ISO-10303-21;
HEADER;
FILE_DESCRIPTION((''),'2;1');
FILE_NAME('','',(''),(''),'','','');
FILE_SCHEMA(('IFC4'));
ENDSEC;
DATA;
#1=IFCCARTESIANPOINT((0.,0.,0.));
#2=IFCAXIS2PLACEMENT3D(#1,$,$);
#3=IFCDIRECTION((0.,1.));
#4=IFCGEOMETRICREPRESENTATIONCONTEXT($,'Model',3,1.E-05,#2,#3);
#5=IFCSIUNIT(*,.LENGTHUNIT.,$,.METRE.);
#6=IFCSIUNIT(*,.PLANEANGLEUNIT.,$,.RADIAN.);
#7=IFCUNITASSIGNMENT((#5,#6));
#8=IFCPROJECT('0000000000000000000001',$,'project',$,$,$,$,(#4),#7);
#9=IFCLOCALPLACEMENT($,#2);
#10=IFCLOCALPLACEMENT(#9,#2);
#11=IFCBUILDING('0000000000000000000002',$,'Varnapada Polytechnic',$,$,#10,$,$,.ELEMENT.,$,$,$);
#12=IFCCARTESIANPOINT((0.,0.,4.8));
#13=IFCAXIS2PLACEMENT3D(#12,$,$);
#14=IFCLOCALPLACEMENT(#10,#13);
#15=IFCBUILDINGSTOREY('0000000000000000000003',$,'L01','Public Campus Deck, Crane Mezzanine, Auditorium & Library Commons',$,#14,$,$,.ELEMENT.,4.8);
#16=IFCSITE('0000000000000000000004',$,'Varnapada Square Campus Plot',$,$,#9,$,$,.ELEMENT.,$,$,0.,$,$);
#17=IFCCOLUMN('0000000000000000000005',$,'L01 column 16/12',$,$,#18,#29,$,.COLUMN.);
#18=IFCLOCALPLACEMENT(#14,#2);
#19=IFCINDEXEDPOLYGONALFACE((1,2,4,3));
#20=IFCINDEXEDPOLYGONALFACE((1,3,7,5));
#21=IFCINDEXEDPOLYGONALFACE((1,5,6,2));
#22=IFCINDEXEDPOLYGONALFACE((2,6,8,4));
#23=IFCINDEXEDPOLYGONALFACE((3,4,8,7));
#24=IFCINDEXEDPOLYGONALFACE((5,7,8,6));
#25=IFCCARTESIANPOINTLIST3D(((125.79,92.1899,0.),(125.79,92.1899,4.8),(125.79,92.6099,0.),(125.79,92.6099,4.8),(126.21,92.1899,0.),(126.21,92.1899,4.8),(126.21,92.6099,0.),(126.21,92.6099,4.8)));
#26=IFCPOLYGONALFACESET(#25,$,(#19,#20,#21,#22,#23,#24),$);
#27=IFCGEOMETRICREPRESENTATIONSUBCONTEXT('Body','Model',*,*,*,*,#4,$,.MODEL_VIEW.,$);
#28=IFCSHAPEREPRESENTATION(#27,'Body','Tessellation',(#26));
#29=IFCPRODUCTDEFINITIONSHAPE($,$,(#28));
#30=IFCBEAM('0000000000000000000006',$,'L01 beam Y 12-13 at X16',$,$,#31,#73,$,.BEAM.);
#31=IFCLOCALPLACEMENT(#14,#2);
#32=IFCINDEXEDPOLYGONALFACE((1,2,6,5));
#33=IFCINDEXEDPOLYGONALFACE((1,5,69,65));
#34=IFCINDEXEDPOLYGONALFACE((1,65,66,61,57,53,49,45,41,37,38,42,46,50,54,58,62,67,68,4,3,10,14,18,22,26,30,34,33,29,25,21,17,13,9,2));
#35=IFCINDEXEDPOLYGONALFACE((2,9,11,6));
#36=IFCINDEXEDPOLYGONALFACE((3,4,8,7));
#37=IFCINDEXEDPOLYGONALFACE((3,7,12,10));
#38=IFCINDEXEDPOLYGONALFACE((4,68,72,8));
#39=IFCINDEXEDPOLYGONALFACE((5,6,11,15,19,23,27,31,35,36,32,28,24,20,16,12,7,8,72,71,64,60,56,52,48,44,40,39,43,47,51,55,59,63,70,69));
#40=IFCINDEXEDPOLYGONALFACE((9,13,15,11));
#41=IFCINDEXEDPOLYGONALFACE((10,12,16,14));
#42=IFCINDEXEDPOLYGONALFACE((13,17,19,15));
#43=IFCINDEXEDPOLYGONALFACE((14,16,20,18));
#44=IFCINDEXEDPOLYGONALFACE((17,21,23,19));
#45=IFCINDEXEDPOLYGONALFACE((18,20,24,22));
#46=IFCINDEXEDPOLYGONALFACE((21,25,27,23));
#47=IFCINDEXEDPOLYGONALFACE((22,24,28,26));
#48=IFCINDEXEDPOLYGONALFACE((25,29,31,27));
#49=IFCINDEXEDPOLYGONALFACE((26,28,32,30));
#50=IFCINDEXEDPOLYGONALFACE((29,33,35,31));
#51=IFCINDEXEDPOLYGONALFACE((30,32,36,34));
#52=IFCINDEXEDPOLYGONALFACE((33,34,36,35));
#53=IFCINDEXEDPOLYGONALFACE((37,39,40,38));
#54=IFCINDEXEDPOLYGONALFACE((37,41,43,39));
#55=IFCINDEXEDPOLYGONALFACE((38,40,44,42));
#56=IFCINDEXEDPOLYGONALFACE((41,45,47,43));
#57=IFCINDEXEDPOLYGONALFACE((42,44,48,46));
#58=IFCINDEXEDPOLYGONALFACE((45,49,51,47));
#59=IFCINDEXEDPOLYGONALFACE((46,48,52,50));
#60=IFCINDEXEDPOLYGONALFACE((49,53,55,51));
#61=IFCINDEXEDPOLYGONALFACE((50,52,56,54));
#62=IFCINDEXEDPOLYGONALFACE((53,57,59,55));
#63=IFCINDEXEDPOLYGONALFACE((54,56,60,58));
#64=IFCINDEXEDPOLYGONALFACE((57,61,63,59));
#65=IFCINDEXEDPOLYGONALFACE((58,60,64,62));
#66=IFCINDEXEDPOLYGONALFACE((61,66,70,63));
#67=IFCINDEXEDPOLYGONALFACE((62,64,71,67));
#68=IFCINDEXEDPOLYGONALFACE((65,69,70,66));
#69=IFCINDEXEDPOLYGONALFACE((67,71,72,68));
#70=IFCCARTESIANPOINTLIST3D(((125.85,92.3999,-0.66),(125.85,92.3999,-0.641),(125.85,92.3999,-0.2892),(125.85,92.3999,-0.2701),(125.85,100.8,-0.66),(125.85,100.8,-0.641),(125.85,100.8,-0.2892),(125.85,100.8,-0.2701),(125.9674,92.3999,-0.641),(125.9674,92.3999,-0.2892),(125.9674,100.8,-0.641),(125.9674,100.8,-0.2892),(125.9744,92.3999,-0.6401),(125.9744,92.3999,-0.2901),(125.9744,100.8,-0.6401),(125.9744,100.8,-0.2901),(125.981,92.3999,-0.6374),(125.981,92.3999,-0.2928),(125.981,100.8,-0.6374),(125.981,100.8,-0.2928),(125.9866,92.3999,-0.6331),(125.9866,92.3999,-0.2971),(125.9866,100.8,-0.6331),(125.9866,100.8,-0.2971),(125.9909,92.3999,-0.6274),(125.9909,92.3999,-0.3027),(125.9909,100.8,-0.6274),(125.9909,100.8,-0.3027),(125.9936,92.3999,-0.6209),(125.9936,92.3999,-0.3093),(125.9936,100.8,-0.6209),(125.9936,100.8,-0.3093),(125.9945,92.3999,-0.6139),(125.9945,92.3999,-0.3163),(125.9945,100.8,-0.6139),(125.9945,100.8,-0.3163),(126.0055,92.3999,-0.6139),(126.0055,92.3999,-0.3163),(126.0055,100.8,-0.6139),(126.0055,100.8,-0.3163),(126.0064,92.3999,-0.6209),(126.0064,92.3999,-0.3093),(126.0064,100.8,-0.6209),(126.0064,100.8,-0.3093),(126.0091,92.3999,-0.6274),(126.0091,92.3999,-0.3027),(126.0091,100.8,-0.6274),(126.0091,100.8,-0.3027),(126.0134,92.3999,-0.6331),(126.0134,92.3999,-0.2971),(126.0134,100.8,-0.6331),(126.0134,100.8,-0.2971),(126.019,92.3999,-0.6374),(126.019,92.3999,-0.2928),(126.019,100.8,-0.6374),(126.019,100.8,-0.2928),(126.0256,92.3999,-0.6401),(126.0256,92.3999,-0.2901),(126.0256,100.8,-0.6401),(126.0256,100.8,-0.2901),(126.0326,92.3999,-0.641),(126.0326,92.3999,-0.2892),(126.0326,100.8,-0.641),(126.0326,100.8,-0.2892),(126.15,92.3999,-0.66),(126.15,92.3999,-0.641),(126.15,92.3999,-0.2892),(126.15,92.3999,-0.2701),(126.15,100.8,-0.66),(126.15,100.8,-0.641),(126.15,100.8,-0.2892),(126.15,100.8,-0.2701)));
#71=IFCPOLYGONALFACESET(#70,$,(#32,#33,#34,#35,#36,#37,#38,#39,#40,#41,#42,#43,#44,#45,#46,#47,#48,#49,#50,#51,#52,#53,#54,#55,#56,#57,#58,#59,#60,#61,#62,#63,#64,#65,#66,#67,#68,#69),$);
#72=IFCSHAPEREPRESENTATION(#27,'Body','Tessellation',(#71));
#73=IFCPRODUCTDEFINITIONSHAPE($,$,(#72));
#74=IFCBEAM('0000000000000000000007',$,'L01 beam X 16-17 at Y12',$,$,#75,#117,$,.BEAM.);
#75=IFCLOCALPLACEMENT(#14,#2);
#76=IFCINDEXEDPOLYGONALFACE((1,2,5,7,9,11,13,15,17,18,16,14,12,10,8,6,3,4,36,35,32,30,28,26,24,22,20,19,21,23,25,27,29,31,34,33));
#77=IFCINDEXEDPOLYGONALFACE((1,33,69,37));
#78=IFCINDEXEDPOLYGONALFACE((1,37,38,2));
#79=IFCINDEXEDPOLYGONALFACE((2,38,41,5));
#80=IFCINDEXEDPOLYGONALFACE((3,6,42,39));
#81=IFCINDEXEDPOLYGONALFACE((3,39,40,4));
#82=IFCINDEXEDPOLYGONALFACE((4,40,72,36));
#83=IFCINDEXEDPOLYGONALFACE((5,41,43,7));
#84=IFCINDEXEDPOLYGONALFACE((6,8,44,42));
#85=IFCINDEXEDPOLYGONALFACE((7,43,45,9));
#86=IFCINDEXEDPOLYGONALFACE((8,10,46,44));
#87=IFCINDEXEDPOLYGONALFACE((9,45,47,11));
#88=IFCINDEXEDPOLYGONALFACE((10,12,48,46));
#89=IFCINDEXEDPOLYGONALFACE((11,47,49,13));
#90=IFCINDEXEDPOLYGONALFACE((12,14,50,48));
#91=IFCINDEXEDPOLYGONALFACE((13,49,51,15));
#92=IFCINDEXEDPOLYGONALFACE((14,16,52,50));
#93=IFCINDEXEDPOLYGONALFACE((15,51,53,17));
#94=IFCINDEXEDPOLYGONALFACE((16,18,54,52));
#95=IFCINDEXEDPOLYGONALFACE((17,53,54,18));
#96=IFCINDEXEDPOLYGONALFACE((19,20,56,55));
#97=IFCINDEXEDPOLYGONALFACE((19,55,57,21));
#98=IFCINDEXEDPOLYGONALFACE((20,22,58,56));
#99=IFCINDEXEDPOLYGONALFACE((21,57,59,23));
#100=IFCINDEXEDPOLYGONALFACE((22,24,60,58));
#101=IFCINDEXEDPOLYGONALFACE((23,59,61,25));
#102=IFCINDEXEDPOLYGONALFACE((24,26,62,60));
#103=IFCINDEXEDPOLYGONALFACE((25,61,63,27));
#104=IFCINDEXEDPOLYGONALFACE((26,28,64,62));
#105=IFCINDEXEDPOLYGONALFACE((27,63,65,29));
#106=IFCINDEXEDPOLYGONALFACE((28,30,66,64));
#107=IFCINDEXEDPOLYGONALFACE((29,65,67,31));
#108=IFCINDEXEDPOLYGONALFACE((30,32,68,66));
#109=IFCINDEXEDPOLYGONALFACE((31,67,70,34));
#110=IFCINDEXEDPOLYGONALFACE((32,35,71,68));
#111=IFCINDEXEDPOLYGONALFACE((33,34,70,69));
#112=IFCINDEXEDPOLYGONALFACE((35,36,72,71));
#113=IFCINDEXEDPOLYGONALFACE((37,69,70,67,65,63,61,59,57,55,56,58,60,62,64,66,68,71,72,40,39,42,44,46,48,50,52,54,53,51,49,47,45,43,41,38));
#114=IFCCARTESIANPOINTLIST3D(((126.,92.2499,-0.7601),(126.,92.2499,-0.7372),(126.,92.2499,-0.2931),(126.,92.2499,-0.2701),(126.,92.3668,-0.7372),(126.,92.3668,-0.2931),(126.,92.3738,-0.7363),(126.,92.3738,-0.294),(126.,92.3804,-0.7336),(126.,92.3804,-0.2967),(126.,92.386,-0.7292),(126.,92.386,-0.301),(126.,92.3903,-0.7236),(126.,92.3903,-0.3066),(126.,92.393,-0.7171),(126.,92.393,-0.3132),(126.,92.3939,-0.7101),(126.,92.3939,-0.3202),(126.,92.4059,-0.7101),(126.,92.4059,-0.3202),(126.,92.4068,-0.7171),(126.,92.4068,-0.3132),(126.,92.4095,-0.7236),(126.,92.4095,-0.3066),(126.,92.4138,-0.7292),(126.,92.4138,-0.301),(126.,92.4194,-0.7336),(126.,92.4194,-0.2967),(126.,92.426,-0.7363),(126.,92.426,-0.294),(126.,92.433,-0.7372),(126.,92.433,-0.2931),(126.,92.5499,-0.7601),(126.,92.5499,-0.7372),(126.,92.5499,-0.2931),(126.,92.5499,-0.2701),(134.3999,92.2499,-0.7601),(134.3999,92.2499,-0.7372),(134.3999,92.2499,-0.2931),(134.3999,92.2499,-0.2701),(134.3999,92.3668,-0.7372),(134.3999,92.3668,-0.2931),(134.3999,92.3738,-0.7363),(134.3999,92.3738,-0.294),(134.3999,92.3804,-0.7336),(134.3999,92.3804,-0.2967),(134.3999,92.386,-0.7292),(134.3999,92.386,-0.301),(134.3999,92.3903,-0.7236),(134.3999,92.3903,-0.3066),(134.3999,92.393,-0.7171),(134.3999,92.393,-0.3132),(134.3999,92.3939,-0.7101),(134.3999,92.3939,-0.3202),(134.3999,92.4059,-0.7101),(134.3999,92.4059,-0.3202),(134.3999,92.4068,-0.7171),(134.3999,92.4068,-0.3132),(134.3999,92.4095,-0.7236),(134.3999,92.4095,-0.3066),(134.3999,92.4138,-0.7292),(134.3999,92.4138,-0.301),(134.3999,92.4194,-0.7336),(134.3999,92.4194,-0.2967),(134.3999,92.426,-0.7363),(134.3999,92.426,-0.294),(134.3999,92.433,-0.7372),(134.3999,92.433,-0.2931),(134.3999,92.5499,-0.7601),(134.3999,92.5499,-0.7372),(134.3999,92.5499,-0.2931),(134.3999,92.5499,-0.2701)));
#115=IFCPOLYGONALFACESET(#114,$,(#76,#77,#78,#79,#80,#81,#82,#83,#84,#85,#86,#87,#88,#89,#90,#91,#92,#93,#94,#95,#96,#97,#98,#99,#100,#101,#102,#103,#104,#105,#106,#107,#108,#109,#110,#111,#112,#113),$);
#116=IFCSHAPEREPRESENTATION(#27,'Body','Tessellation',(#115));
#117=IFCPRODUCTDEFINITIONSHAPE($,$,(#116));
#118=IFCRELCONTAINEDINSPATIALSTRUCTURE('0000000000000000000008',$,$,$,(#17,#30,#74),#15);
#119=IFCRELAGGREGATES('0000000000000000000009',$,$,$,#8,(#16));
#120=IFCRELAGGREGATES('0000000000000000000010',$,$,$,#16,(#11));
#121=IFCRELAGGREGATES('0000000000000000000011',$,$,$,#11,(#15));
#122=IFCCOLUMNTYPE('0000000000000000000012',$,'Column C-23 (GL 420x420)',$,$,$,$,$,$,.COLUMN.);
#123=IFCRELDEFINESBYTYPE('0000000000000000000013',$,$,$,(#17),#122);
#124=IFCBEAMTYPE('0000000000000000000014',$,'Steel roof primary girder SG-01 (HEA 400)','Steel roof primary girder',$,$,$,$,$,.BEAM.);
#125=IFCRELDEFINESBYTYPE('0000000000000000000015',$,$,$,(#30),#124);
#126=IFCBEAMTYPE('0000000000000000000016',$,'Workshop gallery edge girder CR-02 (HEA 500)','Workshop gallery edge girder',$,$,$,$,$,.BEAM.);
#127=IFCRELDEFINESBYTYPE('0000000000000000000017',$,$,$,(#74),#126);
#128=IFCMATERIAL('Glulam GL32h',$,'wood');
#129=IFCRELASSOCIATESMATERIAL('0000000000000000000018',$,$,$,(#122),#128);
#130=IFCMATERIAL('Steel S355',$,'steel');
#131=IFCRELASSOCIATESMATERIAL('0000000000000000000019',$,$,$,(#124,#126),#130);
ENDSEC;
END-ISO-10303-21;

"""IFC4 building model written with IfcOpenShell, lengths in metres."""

from ifc_helpers import new_model, si_unit, direction, frame, origin, origin_2d, place, context, subcontext, project, spatial, rectangle, i_section, extrude, material, material_profile, profile_set, type_object, element, save


model = new_model("IFC4")

# Units and contexts
model_context = context("Model", 3, precision=1e-05, world=origin(), true_north=direction((0.0, 1.0)))
body_context = subcontext(model_context, "Body", "Model", "MODEL_VIEW")
ifc_project = project(units=[si_unit("LENGTHUNIT", "METRE"), si_unit("PLANEANGLEUNIT", "RADIAN")], contexts=[model_context])

# Site, building, storey
site_placement = place(None, origin())
site = spatial("IfcSite", under=ifc_project, at=site_placement, Name="Varnapada Square Campus Plot", CompositionType="ELEMENT", RefElevation=0.0)
building_placement = place(site_placement, origin())
building = spatial("IfcBuilding", under=site, at=building_placement, Name="Varnapada Polytechnic", CompositionType="ELEMENT")
storey_placement = place(building_placement, frame((0.0, 0.0, 4.8)))
storey = spatial("IfcBuildingStorey", under=building, at=storey_placement, Name="L01", Description="Public Campus Deck, Crane Mezzanine, Auditorium & Library Commons", CompositionType="ELEMENT", Elevation=4.8)

# Column
ifc_material_1 = material(Name="Glulam GL32h", Category="wood")
ifc_material_profile_1 = material_profile(ifc_material_1, rectangle(XDim=0.4199, YDim=0.4199, at=origin_2d()), Name="GL 420x420")
ifc_profile_set_1 = profile_set([ifc_material_profile_1], Name="Glulam GL32h")
column_type = type_object("IfcColumnType", Name="Column C-23 (GL 420x420)", PredefinedType="COLUMN", material=ifc_profile_set_1)
column_placement = place(storey_placement, frame((126.0, 92.3999, 0.0), z_axis=(0.0, 0.0, 1.0), x_axis=(1.0, 0.0, 0.0)))
element("IfcColumn", 1, at=column_placement, inside=storey, type_object=column_type, Name="L01 column 16/12", PredefinedType="COLUMN", context=body_context, shape_type="SweptSolid", body=[
    extrude(rectangle(XDim=0.4199, YDim=0.4199, at=origin_2d()), origin(), (0.0, 0.0, 1.0), 4.8),
])

# Beams
ifc_material_2 = material(Name="Steel S355", Category="steel")
ifc_material_profile_2 = material_profile(ifc_material_2, i_section(OverallWidth=0.3, OverallDepth=0.3899, WebThickness=0.011, FlangeThickness=0.019, FilletRadius=0.0271, at=origin_2d()), Name="HEA 400")
ifc_profile_set_2 = profile_set([ifc_material_profile_2], Name="Steel S355")
beam_type_1 = type_object("IfcBeamType", Name="Steel roof primary girder SG-01 (HEA 400)", Description="Steel roof primary girder", PredefinedType="BEAM", material=ifc_profile_set_2)
beam_1_placement = place(storey_placement, frame((126.0, 92.3999, -0.4651), z_axis=(0.0, 1.0, 0.0), x_axis=(-1.0, 0.0, 0.0)))
element("IfcBeam", 2, at=beam_1_placement, inside=storey, type_object=beam_type_1, Name="L01 beam Y 12-13 at X16", PredefinedType="BEAM", context=body_context, shape_type="SweptSolid", body=[
    extrude(i_section(OverallWidth=0.3, OverallDepth=0.3899, WebThickness=0.011, FlangeThickness=0.019, FilletRadius=0.0271, at=origin_2d()), origin(), (0.0, 0.0, 1.0), 8.4001),
])
ifc_material_profile_3 = material_profile(ifc_material_2, i_section(OverallWidth=0.3, OverallDepth=0.49, WebThickness=0.012, FlangeThickness=0.0229, FilletRadius=0.0271, at=origin_2d()), Name="HEA 500")
ifc_profile_set_3 = profile_set([ifc_material_profile_3], Name="Steel S355")
beam_type_2 = type_object("IfcBeamType", Name="Workshop gallery edge girder CR-02 (HEA 500)", Description="Workshop gallery edge girder", PredefinedType="BEAM", material=ifc_profile_set_3)
beam_2_placement = place(storey_placement, frame((126.0, 92.3999, -0.5151), z_axis=(1.0, 0.0, 0.0), x_axis=(0.0, 1.0, 0.0)))
element("IfcBeam", 3, at=beam_2_placement, inside=storey, type_object=beam_type_2, Name="L01 beam X 16-17 at Y12", PredefinedType="BEAM", context=body_context, shape_type="SweptSolid", body=[
    extrude(i_section(OverallWidth=0.3, OverallDepth=0.49, WebThickness=0.012, FlangeThickness=0.0229, FilletRadius=0.0271, at=origin_2d()), origin(), (0.0, 0.0, 1.0), 8.3999),
])

save(model, "model.ifc")
